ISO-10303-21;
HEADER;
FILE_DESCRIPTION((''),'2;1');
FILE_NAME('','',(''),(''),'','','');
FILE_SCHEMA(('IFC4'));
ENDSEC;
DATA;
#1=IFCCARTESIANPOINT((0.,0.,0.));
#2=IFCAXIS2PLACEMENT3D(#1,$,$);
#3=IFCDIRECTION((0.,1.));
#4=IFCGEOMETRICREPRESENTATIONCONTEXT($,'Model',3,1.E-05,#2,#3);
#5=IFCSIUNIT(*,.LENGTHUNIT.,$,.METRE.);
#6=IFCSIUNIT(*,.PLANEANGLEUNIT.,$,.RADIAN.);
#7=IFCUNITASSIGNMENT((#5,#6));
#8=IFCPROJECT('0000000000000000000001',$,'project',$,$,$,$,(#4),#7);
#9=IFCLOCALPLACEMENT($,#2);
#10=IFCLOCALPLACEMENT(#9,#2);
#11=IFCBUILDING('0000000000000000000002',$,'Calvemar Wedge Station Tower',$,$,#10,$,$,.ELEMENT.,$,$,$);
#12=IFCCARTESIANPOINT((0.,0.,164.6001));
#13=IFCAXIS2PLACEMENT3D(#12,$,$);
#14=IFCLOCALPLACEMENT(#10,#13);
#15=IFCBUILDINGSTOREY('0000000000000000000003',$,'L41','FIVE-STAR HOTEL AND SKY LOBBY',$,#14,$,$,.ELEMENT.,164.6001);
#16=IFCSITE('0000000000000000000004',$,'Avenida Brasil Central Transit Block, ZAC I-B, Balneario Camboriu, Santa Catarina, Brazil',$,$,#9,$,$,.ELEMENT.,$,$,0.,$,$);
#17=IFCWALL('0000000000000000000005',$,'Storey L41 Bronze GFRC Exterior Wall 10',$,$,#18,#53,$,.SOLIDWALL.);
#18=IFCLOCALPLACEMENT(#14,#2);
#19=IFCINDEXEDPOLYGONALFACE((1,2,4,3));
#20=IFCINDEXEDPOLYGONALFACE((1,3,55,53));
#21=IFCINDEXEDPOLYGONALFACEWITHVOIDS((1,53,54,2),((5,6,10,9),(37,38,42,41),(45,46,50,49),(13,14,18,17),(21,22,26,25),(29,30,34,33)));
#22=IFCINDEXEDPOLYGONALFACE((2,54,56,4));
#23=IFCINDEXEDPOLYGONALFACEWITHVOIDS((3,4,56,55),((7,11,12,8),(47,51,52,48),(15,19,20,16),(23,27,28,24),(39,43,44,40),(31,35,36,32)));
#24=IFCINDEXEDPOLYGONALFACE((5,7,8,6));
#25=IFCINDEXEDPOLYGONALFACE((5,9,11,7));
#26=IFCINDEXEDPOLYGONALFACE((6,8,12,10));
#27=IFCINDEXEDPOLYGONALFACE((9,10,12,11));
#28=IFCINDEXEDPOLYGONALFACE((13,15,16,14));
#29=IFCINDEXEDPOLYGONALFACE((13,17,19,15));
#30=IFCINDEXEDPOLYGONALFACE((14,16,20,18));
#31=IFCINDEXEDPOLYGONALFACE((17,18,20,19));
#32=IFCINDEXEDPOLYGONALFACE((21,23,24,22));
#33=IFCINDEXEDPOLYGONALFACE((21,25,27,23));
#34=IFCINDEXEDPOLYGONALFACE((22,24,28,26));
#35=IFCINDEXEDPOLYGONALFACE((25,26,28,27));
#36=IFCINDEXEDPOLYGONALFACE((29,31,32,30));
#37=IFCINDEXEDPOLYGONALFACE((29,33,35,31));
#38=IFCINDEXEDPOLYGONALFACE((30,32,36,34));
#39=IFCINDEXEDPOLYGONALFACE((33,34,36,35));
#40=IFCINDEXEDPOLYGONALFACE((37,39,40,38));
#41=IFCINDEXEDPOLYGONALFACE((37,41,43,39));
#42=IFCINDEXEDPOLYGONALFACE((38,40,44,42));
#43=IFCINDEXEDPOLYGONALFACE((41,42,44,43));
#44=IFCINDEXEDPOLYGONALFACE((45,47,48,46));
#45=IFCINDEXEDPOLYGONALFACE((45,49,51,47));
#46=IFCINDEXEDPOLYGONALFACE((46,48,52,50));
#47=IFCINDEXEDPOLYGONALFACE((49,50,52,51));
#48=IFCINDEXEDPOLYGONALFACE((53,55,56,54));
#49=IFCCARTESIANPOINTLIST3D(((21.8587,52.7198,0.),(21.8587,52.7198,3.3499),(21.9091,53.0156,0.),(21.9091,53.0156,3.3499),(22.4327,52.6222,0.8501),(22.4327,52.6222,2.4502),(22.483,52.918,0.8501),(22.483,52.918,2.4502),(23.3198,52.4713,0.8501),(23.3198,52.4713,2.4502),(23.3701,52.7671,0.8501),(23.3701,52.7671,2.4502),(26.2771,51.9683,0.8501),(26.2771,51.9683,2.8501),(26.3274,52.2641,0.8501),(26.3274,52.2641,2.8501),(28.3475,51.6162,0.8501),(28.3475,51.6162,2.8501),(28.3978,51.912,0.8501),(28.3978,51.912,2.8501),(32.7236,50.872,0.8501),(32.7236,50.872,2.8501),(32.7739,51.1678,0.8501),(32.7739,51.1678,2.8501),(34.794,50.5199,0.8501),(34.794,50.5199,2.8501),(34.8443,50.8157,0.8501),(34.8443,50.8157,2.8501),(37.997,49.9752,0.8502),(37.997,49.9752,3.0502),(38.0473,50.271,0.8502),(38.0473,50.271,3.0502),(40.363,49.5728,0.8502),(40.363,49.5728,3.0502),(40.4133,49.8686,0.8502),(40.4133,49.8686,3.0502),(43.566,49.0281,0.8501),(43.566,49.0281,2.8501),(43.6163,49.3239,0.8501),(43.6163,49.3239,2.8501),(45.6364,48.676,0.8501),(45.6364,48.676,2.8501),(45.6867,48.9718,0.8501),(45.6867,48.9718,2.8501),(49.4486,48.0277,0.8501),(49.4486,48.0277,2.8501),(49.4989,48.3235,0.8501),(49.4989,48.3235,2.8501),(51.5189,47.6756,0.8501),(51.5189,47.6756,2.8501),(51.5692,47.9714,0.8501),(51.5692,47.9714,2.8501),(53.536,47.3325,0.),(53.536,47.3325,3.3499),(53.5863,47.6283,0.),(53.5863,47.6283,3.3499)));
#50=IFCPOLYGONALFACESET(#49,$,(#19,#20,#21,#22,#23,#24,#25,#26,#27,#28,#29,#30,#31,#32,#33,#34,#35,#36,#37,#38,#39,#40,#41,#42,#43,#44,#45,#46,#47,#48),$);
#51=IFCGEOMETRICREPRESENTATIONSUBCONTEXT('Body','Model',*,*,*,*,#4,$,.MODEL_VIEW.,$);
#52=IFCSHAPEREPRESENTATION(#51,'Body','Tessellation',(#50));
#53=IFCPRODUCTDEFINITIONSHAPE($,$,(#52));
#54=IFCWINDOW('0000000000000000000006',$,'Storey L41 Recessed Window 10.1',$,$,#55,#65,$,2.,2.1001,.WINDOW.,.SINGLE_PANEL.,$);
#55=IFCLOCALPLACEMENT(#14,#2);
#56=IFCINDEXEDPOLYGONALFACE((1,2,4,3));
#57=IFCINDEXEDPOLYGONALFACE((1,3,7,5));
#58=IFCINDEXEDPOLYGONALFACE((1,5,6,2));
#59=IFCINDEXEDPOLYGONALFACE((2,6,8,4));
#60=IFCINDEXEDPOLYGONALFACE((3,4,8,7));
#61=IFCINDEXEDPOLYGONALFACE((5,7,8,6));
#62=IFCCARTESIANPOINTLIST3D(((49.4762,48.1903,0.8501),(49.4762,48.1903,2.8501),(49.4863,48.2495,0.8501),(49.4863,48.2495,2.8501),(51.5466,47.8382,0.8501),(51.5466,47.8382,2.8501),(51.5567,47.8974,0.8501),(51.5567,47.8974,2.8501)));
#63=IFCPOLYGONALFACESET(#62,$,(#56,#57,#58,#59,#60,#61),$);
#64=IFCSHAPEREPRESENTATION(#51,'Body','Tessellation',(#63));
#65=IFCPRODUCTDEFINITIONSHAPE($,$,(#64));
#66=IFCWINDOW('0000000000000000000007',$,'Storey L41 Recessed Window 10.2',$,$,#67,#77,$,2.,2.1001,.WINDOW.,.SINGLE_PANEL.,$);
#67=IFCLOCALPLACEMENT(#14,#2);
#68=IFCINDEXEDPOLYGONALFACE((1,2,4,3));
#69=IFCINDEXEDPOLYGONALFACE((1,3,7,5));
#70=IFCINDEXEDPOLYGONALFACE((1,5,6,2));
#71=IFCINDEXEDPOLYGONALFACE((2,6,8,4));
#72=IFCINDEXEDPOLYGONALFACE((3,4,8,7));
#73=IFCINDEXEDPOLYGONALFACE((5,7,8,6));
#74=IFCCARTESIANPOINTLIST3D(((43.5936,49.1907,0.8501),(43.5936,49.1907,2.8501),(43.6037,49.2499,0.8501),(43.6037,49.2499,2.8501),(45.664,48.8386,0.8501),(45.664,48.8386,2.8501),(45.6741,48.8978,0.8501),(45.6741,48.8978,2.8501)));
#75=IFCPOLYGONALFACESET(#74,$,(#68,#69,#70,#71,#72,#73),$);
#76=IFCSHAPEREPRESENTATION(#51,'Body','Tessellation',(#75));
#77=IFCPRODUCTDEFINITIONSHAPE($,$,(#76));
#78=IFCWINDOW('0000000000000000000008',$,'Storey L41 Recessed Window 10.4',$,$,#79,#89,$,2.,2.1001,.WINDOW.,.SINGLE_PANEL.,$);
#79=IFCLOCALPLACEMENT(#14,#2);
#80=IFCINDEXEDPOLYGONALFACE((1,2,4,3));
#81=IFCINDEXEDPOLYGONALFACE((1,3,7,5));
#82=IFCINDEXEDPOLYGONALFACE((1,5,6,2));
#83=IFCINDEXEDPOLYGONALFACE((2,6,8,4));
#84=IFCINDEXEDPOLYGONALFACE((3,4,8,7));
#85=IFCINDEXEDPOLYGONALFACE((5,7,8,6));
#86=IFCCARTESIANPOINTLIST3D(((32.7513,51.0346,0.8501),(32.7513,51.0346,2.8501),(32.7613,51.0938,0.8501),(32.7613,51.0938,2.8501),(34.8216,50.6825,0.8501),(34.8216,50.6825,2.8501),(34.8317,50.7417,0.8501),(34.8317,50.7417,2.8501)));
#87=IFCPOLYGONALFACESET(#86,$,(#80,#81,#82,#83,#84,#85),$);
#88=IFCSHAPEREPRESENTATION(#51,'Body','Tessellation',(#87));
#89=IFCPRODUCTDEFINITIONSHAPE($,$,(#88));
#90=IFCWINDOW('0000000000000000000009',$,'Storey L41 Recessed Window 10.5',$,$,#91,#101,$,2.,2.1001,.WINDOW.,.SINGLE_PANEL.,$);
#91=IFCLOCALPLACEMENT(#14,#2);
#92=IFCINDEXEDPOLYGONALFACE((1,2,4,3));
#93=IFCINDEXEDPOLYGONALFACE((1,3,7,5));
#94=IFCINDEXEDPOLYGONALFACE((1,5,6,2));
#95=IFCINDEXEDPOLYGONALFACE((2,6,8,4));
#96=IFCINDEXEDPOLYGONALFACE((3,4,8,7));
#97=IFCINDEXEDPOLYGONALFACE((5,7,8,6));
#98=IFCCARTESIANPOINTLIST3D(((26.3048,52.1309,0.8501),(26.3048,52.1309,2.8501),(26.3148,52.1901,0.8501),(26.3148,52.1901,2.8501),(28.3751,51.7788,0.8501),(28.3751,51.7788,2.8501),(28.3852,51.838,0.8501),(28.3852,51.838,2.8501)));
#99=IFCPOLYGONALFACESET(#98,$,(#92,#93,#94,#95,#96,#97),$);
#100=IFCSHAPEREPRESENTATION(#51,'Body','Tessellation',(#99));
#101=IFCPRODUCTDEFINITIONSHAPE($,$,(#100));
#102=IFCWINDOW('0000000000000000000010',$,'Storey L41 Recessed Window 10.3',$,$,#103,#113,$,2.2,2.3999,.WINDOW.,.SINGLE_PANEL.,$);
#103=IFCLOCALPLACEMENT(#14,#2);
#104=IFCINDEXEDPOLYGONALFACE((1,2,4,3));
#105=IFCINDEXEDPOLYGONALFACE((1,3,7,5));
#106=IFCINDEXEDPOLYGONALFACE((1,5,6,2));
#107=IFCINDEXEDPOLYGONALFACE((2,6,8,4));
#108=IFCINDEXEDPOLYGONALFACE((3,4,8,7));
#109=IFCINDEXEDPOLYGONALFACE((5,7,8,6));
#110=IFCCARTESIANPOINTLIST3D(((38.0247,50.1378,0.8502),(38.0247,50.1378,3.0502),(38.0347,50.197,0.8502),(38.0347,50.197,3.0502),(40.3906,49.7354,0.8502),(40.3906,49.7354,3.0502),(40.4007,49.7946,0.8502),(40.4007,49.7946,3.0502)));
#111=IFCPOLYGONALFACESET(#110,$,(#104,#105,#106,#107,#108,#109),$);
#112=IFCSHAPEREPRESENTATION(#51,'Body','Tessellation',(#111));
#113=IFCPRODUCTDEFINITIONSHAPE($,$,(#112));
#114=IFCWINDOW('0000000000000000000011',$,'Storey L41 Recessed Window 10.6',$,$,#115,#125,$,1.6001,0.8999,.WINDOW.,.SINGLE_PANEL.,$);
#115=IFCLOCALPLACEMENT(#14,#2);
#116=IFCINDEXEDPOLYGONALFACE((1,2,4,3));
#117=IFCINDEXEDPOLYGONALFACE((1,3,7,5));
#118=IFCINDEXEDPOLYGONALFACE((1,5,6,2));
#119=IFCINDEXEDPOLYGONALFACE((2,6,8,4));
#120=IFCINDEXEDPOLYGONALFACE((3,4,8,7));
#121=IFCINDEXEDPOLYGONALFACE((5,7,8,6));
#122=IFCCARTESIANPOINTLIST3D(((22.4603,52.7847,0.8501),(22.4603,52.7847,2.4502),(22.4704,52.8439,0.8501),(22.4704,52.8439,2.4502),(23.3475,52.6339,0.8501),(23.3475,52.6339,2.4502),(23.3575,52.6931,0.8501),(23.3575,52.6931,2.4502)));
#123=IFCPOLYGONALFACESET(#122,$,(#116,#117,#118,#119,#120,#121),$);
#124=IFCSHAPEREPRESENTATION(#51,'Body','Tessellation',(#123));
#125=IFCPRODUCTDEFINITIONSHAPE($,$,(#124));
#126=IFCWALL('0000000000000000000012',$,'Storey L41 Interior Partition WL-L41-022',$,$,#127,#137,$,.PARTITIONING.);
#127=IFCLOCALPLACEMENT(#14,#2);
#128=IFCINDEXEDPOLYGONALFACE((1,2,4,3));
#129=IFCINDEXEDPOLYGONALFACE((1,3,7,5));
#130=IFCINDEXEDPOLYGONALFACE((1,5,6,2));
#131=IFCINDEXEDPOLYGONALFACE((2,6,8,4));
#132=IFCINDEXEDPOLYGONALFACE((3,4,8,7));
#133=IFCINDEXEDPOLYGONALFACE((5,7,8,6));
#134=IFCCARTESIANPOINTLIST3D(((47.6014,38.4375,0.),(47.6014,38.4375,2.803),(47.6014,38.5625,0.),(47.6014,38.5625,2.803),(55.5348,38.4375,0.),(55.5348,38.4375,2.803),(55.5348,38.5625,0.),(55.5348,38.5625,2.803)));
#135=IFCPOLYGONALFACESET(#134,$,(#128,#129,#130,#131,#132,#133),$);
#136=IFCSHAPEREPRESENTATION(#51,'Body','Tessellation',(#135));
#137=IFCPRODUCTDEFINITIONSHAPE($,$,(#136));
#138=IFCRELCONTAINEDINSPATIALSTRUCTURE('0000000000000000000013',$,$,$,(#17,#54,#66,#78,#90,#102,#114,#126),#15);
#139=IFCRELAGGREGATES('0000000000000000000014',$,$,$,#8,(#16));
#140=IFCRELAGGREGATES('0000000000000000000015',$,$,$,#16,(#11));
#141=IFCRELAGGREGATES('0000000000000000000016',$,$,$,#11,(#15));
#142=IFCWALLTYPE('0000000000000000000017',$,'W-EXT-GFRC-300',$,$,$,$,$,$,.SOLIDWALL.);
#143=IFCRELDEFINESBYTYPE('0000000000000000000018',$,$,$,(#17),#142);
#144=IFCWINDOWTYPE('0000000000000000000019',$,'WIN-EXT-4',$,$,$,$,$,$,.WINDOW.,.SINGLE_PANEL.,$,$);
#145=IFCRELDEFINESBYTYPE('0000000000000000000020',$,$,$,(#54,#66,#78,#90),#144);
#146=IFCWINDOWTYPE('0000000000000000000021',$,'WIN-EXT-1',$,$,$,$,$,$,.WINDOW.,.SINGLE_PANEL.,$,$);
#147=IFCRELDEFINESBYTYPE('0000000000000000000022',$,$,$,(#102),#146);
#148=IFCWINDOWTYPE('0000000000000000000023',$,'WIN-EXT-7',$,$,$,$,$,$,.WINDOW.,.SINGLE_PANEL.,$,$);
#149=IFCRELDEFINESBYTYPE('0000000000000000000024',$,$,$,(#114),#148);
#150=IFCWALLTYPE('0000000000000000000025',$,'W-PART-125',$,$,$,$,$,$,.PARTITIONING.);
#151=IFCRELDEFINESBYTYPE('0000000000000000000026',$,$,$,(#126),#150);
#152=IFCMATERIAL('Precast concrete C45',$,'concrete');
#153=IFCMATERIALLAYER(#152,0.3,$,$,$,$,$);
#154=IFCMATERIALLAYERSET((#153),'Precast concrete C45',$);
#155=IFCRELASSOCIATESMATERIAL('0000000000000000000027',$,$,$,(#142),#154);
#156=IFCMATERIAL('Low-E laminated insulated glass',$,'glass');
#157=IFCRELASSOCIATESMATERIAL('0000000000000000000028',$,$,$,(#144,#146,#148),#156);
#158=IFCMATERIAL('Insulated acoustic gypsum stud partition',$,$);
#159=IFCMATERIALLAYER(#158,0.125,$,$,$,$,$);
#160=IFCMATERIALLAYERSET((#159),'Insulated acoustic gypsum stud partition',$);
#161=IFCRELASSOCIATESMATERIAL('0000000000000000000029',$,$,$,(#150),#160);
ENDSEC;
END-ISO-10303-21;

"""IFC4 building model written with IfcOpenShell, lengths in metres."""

from ifc_helpers import new_model, si_unit, direction, frame, frame_2d, origin, place, context, subcontext, project, spatial, rectangle, extrude, source, transform, mapped, material, layer, layer_set, type_object, element, fill, save


model = new_model("IFC4")

# Units and contexts
model_context = context("Model", 3, precision=1e-05, world=origin(), true_north=direction((0.0, 1.0)))
body_context = subcontext(model_context, "Body", "Model", "MODEL_VIEW")
ifc_project = project(units=[si_unit("LENGTHUNIT", "METRE"), si_unit("PLANEANGLEUNIT", "RADIAN")], contexts=[model_context])

# Site, building, storey
site_placement = place(None, origin())
site = spatial("IfcSite", under=ifc_project, at=site_placement, Name="Avenida Brasil Central Transit Block, ZAC I-B, Balneario Camboriu, Santa Catarina, Brazil", CompositionType="ELEMENT", RefElevation=0.0)
building_placement = place(site_placement, origin())
building = spatial("IfcBuilding", under=site, at=building_placement, Name="Calvemar Wedge Station Tower", CompositionType="ELEMENT")
storey_placement = place(building_placement, frame((0.0, 0.0, 164.6001)))
storey = spatial("IfcBuildingStorey", under=building, at=storey_placement, Name="L41", Description="FIVE-STAR HOTEL AND SKY LOBBY", CompositionType="ELEMENT", Elevation=164.6001)

# Shared definitions
ifc_material_1 = material(Name="Precast concrete C45", Category="concrete")
ifc_layer_1 = layer(ifc_material_1, 0.3)
ifc_layer_set_1 = layer_set([ifc_layer_1], Name="Precast concrete C45")
wall_type_1 = type_object("IfcWallType", Name="W-EXT-GFRC-300", PredefinedType="SOLIDWALL", material=ifc_layer_set_1)
shared_shape_1 = source(origin(), body_context, "Body", "SweptSolid", [
    extrude(rectangle(XDim=2.1001, YDim=2.0, at=frame_2d((1.05, 1.0))), frame((0.0, 0.1602, 0.0), z_axis=(0.0, -1.0, 0.0), x_axis=(1.0, 0.0, 0.0)), (0.0, 0.0, 1.0), 0.3201),
])
ifc_material_2 = material(Name="Low-E laminated insulated glass", Category="glass")
window_type_1 = type_object("IfcWindowType", Name="WIN-EXT-4", PartitioningType="SINGLE_PANEL", PredefinedType="WINDOW", material=ifc_material_2)
shared_shape_2 = source(origin(), body_context, "Body", "SweptSolid", [
    extrude(rectangle(XDim=2.1001, YDim=2.0, at=frame_2d((1.05, 1.0))), frame((0.0, -0.0149, 0.0), z_axis=(0.0, -1.0, 0.0), x_axis=(1.0, 0.0, 0.0)), (0.0, 0.0, 1.0), 0.0601),
])

# Wall, openings, windows
wall_1_placement = place(storey_placement, frame((53.561, 47.4805, 0.0), z_axis=(0.0, 0.0, 1.0), x_axis=(-0.985845, 0.167658, 0.0)))
wall_1 = element("IfcWall", 1, at=wall_1_placement, inside=storey, type_object=wall_type_1, Name="Storey L41 Bronze GFRC Exterior Wall 10", PredefinedType="SOLIDWALL", context=body_context, shape_type="SweptSolid", body=[
    extrude(rectangle(XDim=32.1321, YDim=0.3, at=frame_2d((16.0659, 0.0))), origin(), (0.0, 0.0, 1.0), 3.3499),
])
opening_1_placement = place(wall_1_placement, frame((2.0459, 0.0, 0.8501)))
opening_1 = element("IfcOpeningElement", 2, at=opening_1_placement, cuts=wall_1, PredefinedType="OPENING", context=body_context, shape_type="MappedRepresentation", body=[
    mapped(shared_shape_1, transform((0.0, 0.0, 0.0), scale=1.0)),
])
opening_2_placement = place(wall_1_placement, frame((8.0129, 0.0, 0.8501)))
opening_2 = element("IfcOpeningElement", 3, at=opening_2_placement, cuts=wall_1, PredefinedType="OPENING", context=body_context, shape_type="MappedRepresentation", body=[
    mapped(shared_shape_1, transform((0.0, 0.0, 0.0), scale=1.0)),
])
shared_shape_3 = source(origin(), body_context, "Body", "SweptSolid", [
    extrude(rectangle(XDim=2.3999, YDim=2.2, at=frame_2d((1.2, 1.1001))), frame((0.0, 0.1602, 0.0), z_axis=(0.0, -1.0, 0.0), x_axis=(1.0, 0.0, 0.0)), (0.0, 0.0, 1.0), 0.3201),
])
opening_3_placement = place(wall_1_placement, frame((13.3621, 0.0, 0.8501)))
opening_3 = element("IfcOpeningElement", 4, at=opening_3_placement, cuts=wall_1, PredefinedType="OPENING", context=body_context, shape_type="MappedRepresentation", body=[
    mapped(shared_shape_3, transform((0.0, 0.0, 0.0), scale=1.0)),
])
opening_4_placement = place(wall_1_placement, frame((19.011, 0.0, 0.8501)))
opening_4 = element("IfcOpeningElement", 5, at=opening_4_placement, cuts=wall_1, PredefinedType="OPENING", context=body_context, shape_type="MappedRepresentation", body=[
    mapped(shared_shape_1, transform((0.0, 0.0, 0.0), scale=1.0)),
])
opening_5_placement = place(wall_1_placement, frame((25.55, 0.0, 0.8501)))
opening_5 = element("IfcOpeningElement", 6, at=opening_5_placement, cuts=wall_1, PredefinedType="OPENING", context=body_context, shape_type="MappedRepresentation", body=[
    mapped(shared_shape_1, transform((0.0, 0.0, 0.0), scale=1.0)),
])
shared_shape_4 = source(origin(), body_context, "Body", "SweptSolid", [
    extrude(rectangle(XDim=0.8999, YDim=1.6001, at=frame_2d((0.45, 0.8))), frame((0.0, 0.1602, 0.0), z_axis=(0.0, -1.0, 0.0), x_axis=(1.0, 0.0, 0.0)), (0.0, 0.0, 1.0), 0.3201),
])
opening_6_placement = place(wall_1_placement, frame((30.6499, 0.0, 0.8501)))
opening_6 = element("IfcOpeningElement", 7, at=opening_6_placement, cuts=wall_1, PredefinedType="OPENING", context=body_context, shape_type="MappedRepresentation", body=[
    mapped(shared_shape_4, transform((0.0, 0.0, 0.0), scale=1.0)),
])
window_1_placement = place(opening_1_placement, origin())
window_1 = element("IfcWindow", 8, at=window_1_placement, inside=storey, type_object=window_type_1, Name="Storey L41 Recessed Window 10.1", OverallHeight=2.0, OverallWidth=2.1001, PartitioningType="SINGLE_PANEL", PredefinedType="WINDOW", context=body_context, shape_type="MappedRepresentation", body=[
    mapped(shared_shape_2, transform((0.0, 0.0, 0.0), scale=1.0)),
])
fill(opening_1, window_1)
window_2_placement = place(opening_2_placement, origin())
window_2 = element("IfcWindow", 9, at=window_2_placement, inside=storey, type_object=window_type_1, Name="Storey L41 Recessed Window 10.2", OverallHeight=2.0, OverallWidth=2.1001, PartitioningType="SINGLE_PANEL", PredefinedType="WINDOW", context=body_context, shape_type="MappedRepresentation", body=[
    mapped(shared_shape_2, transform((0.0, 0.0, 0.0), scale=1.0)),
])
fill(opening_2, window_2)
window_3_placement = place(opening_4_placement, origin())
window_3 = element("IfcWindow", 10, at=window_3_placement, inside=storey, type_object=window_type_1, Name="Storey L41 Recessed Window 10.4", OverallHeight=2.0, OverallWidth=2.1001, PartitioningType="SINGLE_PANEL", PredefinedType="WINDOW", context=body_context, shape_type="MappedRepresentation", body=[
    mapped(shared_shape_2, transform((0.0, 0.0, 0.0), scale=1.0)),
])
fill(opening_4, window_3)
window_4_placement = place(opening_5_placement, origin())
window_4 = element("IfcWindow", 11, at=window_4_placement, inside=storey, type_object=window_type_1, Name="Storey L41 Recessed Window 10.5", OverallHeight=2.0, OverallWidth=2.1001, PartitioningType="SINGLE_PANEL", PredefinedType="WINDOW", context=body_context, shape_type="MappedRepresentation", body=[
    mapped(shared_shape_2, transform((0.0, 0.0, 0.0), scale=1.0)),
])
fill(opening_5, window_4)
window_type_2 = type_object("IfcWindowType", Name="WIN-EXT-1", PartitioningType="SINGLE_PANEL", PredefinedType="WINDOW", material=ifc_material_2)
shared_shape_5 = source(origin(), body_context, "Body", "SweptSolid", [
    extrude(rectangle(XDim=2.3999, YDim=2.2, at=frame_2d((1.2, 1.1001))), frame((0.0, -0.0149, 0.0), z_axis=(0.0, -1.0, 0.0), x_axis=(1.0, 0.0, 0.0)), (0.0, 0.0, 1.0), 0.0601),
])
window_5_placement = place(opening_3_placement, origin())
window_5 = element("IfcWindow", 12, at=window_5_placement, inside=storey, type_object=window_type_2, Name="Storey L41 Recessed Window 10.3", OverallHeight=2.2, OverallWidth=2.3999, PartitioningType="SINGLE_PANEL", PredefinedType="WINDOW", context=body_context, shape_type="MappedRepresentation", body=[
    mapped(shared_shape_5, transform((0.0, 0.0, 0.0), scale=1.0)),
])
fill(opening_3, window_5)
window_type_3 = type_object("IfcWindowType", Name="WIN-EXT-7", PartitioningType="SINGLE_PANEL", PredefinedType="WINDOW", material=ifc_material_2)
shared_shape_6 = source(origin(), body_context, "Body", "SweptSolid", [
    extrude(rectangle(XDim=0.8999, YDim=1.6001, at=frame_2d((0.45, 0.8))), frame((0.0, -0.0149, 0.0), z_axis=(0.0, -1.0, 0.0), x_axis=(1.0, 0.0, 0.0)), (0.0, 0.0, 1.0), 0.0601),
])
window_6_placement = place(opening_6_placement, origin())
window_6 = element("IfcWindow", 13, at=window_6_placement, inside=storey, type_object=window_type_3, Name="Storey L41 Recessed Window 10.6", OverallHeight=1.6001, OverallWidth=0.8999, PartitioningType="SINGLE_PANEL", PredefinedType="WINDOW", context=body_context, shape_type="MappedRepresentation", body=[
    mapped(shared_shape_6, transform((0.0, 0.0, 0.0), scale=1.0)),
])
fill(opening_6, window_6)

# Wall
ifc_material_3 = material(Name="Insulated acoustic gypsum stud partition")
ifc_layer_2 = layer(ifc_material_3, 0.125)
ifc_layer_set_2 = layer_set([ifc_layer_2], Name="Insulated acoustic gypsum stud partition")
wall_type_2 = type_object("IfcWallType", Name="W-PART-125", PredefinedType="PARTITIONING", material=ifc_layer_set_2)
wall_2_placement = place(storey_placement, frame((55.5349, 38.5, 0.0), z_axis=(0.0, 0.0, 1.0), x_axis=(-1.0, 0.0, 0.0)))
element("IfcWall", 14, at=wall_2_placement, inside=storey, type_object=wall_type_2, Name="Storey L41 Interior Partition WL-L41-022", PredefinedType="PARTITIONING", context=body_context, shape_type="SweptSolid", body=[
    extrude(rectangle(XDim=7.9333, YDim=0.125, at=frame_2d((3.9668, 0.0))), origin(), (0.0, 0.0, 1.0), 2.803),
])

save(model, "model.ifc")
